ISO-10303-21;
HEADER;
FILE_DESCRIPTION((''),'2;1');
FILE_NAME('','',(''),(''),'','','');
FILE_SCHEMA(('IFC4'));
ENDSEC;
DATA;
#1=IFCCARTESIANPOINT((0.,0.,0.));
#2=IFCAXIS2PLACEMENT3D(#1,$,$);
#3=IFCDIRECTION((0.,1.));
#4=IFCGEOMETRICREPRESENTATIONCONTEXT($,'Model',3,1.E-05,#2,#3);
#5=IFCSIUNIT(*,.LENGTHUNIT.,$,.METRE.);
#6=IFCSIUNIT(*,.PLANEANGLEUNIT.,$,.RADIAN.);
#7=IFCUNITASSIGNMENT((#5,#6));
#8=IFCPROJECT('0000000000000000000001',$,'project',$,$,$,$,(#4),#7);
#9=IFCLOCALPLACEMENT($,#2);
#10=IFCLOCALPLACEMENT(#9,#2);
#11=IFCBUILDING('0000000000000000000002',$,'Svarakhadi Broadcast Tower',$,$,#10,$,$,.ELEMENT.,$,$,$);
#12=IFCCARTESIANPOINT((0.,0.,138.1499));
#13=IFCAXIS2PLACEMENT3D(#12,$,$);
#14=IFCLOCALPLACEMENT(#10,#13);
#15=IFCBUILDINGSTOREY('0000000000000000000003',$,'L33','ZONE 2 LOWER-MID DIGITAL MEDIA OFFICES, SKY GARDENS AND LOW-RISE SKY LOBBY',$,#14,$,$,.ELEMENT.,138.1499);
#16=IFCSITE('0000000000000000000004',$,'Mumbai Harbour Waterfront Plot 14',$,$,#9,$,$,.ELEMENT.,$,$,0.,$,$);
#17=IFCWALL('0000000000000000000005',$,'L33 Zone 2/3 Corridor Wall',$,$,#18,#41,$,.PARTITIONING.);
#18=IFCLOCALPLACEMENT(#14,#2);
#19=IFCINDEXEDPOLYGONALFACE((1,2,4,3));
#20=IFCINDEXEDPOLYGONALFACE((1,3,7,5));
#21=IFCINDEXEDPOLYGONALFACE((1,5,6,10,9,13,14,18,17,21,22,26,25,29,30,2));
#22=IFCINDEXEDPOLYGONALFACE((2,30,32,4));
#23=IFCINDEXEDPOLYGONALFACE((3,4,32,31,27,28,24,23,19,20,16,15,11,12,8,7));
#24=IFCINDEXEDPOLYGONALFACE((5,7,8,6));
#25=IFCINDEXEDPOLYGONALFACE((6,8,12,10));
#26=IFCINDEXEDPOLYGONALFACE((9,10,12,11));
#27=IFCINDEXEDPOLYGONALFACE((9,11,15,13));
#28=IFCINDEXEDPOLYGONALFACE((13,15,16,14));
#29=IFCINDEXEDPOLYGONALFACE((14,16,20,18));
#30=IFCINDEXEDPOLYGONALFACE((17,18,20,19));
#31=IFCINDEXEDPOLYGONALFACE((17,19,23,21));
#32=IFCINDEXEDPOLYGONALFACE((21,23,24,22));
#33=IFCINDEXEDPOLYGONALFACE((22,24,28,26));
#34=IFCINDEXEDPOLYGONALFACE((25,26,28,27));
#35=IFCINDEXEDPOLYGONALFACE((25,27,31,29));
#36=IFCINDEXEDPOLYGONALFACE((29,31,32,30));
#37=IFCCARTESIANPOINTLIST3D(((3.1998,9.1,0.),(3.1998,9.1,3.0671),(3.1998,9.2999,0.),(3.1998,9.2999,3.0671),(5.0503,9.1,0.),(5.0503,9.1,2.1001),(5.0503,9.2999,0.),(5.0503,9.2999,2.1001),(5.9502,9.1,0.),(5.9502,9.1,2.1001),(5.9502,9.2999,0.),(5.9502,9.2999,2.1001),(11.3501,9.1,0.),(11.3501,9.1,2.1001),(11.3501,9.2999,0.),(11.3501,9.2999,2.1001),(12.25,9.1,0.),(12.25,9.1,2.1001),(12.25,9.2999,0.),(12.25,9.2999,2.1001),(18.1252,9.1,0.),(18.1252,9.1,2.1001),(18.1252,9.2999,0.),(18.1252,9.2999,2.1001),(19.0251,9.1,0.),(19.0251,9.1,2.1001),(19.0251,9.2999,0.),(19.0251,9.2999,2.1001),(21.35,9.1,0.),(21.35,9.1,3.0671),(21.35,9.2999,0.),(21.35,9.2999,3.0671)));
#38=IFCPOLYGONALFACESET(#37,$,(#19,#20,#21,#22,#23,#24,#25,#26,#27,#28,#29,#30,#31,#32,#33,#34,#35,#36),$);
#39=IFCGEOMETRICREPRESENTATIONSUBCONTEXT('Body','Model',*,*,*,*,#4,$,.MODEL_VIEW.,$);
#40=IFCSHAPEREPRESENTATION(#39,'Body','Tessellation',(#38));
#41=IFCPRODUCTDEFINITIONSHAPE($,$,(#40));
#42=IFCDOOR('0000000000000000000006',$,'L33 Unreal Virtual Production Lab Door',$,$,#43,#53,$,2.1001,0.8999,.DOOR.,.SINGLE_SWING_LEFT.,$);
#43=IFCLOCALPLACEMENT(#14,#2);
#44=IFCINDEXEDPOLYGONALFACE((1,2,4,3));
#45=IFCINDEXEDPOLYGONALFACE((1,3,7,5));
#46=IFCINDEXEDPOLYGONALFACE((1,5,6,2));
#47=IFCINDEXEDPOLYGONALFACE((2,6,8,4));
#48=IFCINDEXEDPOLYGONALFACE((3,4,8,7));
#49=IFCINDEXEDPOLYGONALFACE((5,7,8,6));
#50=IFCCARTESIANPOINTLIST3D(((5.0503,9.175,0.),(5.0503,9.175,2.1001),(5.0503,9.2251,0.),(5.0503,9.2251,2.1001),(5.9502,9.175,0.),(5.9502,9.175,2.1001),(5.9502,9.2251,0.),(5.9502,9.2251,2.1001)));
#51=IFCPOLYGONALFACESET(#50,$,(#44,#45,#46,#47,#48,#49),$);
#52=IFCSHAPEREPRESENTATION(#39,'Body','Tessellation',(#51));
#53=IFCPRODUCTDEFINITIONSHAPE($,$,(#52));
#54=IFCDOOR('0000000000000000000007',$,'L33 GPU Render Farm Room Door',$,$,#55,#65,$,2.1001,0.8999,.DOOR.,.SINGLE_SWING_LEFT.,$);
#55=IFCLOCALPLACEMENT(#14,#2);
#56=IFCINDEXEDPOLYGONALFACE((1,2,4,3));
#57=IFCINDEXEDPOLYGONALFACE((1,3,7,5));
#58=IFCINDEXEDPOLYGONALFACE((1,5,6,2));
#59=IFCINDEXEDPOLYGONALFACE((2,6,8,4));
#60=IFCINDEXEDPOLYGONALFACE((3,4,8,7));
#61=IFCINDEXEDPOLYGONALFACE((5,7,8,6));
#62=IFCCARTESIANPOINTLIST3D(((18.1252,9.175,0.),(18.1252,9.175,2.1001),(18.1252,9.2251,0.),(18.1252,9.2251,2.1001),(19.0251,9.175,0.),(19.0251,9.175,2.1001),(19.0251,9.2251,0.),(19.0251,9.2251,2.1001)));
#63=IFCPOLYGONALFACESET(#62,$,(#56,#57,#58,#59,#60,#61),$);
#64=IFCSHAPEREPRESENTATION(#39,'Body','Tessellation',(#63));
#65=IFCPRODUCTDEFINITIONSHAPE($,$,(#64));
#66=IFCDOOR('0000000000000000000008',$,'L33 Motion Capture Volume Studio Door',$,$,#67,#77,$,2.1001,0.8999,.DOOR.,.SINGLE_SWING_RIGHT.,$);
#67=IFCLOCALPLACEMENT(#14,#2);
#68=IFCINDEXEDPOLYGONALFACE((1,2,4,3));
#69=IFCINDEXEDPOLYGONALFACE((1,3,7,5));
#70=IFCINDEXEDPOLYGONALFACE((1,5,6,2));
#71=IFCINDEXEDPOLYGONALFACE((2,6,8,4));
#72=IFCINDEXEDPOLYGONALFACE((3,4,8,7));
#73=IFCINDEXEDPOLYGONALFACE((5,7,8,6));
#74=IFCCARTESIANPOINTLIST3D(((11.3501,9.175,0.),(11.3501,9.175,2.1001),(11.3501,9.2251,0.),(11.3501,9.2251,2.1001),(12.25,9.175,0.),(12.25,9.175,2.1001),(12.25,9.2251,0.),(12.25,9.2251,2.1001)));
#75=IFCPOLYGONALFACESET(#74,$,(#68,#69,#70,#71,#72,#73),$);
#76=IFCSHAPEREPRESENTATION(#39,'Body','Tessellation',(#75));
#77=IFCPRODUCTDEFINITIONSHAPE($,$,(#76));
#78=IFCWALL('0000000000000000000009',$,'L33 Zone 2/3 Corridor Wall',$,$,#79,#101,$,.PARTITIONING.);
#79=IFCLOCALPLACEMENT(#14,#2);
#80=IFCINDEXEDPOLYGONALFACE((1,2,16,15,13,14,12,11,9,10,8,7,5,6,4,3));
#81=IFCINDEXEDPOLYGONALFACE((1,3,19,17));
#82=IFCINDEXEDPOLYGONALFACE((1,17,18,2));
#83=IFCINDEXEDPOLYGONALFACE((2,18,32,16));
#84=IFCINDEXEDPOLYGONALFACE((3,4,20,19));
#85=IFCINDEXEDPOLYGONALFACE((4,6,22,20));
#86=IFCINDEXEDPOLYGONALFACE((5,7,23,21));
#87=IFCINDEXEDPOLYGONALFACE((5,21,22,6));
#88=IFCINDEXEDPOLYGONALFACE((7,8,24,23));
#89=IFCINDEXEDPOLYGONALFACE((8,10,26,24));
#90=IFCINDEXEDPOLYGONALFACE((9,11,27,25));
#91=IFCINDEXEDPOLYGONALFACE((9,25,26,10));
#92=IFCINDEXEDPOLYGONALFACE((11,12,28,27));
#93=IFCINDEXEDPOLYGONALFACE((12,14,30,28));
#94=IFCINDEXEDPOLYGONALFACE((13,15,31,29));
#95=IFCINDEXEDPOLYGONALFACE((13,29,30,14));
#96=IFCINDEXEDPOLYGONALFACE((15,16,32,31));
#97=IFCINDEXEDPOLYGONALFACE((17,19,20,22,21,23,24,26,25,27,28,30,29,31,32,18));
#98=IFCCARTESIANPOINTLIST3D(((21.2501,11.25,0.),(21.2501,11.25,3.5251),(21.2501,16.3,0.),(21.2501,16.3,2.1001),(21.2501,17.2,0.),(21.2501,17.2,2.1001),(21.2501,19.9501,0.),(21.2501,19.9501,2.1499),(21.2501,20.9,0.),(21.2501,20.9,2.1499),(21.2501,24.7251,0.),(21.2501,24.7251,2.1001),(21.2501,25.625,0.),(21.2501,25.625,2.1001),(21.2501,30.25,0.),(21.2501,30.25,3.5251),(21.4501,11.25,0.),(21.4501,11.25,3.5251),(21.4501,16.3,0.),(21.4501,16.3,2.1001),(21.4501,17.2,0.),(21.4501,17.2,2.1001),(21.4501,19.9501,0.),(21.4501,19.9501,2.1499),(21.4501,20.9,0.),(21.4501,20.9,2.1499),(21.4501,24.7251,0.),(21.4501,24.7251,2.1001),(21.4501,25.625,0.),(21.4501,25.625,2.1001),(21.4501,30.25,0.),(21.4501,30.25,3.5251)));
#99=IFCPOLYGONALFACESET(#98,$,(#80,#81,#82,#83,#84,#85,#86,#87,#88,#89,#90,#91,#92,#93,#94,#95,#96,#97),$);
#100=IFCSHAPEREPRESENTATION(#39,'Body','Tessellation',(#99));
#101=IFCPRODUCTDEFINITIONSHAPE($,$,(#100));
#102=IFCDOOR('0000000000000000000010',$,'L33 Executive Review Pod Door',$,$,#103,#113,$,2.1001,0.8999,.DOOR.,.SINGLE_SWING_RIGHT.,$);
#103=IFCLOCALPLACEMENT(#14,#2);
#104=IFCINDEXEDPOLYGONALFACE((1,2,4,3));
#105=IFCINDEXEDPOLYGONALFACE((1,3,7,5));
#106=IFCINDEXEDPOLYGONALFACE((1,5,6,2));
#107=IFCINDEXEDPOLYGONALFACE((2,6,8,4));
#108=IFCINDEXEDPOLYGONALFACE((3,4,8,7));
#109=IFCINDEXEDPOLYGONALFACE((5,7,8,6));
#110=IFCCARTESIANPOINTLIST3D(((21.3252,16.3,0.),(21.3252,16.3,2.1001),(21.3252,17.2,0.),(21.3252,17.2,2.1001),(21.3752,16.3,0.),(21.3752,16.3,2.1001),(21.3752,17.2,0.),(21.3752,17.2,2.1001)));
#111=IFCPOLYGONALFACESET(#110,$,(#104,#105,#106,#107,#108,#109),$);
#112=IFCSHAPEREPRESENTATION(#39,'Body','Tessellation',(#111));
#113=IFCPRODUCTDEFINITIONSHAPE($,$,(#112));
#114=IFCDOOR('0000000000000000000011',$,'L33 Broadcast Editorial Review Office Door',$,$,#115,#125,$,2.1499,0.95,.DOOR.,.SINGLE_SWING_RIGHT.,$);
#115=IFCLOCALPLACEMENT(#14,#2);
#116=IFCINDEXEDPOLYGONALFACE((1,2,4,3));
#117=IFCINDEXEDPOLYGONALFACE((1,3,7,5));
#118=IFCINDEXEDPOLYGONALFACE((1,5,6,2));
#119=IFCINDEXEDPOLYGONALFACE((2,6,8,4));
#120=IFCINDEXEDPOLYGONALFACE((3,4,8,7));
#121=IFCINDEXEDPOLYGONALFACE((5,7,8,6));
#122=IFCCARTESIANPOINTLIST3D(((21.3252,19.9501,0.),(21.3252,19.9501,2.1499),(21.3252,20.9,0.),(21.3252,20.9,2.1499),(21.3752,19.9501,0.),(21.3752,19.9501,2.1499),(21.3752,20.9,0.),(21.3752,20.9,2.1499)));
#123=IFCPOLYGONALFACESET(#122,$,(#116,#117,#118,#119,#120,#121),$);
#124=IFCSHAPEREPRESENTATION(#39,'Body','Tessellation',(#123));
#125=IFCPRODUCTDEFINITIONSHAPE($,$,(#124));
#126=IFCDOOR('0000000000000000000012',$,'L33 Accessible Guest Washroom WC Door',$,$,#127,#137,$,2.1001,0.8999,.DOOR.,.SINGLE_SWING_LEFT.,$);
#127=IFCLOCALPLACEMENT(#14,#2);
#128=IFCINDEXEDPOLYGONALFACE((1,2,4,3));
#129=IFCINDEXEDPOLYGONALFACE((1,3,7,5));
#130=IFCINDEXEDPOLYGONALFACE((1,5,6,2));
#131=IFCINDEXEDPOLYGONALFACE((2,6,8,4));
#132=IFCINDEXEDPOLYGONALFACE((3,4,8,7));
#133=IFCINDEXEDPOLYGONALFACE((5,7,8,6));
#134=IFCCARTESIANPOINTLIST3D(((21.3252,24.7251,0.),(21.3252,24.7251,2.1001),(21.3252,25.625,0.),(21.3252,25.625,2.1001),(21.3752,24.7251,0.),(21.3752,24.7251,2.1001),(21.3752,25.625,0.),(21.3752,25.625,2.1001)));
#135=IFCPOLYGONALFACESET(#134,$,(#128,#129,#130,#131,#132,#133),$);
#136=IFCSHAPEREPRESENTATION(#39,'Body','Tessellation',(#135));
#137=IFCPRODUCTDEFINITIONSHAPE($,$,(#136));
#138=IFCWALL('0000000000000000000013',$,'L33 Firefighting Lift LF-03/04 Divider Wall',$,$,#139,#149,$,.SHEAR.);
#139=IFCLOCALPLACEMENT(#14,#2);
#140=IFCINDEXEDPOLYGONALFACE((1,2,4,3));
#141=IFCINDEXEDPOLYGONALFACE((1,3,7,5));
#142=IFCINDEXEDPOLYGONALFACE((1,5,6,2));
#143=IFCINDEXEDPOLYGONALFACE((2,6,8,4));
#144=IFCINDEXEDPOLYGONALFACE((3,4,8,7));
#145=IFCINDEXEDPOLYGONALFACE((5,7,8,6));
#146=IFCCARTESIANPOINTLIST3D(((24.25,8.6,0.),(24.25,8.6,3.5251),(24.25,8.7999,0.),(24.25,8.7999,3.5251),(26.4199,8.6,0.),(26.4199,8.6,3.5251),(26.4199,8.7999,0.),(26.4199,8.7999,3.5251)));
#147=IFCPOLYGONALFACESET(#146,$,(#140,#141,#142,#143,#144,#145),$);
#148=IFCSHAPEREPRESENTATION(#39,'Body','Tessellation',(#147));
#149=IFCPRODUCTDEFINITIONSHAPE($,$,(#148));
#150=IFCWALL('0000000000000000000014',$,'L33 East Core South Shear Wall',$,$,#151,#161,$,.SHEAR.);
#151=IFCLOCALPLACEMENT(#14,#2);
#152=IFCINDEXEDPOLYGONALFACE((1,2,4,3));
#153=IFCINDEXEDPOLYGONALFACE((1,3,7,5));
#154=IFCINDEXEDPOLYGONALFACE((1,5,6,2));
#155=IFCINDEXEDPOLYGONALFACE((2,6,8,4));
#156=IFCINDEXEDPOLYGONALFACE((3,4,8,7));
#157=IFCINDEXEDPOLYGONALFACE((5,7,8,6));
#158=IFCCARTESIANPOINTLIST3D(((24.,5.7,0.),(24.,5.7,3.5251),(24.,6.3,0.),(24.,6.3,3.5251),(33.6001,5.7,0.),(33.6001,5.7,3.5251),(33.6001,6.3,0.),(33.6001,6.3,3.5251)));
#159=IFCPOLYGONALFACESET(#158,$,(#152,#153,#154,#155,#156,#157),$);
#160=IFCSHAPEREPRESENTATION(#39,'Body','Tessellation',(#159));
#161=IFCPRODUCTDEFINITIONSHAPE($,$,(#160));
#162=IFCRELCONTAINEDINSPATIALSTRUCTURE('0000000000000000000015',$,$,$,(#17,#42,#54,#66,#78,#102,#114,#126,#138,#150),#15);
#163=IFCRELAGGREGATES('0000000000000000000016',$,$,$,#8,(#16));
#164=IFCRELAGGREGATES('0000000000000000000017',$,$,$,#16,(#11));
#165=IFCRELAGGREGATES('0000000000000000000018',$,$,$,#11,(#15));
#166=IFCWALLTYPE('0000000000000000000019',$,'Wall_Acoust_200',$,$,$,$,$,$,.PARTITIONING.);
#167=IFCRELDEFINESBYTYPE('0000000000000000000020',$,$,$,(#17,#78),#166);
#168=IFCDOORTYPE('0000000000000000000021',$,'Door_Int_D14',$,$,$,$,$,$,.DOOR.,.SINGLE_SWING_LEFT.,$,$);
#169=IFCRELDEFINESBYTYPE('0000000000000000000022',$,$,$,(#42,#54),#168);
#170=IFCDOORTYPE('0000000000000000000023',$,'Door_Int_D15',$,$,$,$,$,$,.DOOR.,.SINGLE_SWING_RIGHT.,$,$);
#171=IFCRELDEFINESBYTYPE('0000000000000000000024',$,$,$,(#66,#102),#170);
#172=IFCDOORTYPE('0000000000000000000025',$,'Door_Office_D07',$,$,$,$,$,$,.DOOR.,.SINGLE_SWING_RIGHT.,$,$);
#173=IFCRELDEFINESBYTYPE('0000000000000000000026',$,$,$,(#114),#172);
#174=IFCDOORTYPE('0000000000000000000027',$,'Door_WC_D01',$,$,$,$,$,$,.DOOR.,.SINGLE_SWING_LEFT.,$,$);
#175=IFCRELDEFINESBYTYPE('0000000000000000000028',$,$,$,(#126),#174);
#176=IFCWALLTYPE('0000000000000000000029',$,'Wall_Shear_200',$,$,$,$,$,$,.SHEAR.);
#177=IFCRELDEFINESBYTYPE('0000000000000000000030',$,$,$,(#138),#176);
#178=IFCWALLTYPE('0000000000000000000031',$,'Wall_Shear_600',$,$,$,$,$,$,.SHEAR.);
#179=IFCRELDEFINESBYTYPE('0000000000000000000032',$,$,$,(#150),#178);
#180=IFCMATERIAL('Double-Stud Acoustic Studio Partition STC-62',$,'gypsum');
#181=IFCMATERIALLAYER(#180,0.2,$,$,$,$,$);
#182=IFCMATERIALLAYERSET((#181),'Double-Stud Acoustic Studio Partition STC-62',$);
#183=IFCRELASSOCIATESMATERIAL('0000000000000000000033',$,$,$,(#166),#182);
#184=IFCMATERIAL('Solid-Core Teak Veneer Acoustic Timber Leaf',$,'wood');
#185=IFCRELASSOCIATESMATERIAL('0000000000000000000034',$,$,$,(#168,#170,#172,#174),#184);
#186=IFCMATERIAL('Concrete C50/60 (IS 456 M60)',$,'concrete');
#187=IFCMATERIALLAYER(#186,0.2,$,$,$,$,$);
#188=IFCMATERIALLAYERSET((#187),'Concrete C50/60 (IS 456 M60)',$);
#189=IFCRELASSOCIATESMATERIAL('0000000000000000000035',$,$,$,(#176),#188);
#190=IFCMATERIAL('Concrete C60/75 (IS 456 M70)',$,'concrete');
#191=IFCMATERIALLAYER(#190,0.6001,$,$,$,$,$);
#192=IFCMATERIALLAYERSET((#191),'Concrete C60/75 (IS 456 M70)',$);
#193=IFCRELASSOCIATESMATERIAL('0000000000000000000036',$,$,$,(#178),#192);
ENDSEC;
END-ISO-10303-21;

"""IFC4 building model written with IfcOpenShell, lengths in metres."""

from ifc_helpers import new_model, si_unit, direction, frame, frame_2d, origin, place, context, subcontext, project, spatial, rectangle, extrude, material, layer, layer_set, type_object, element, fill, save


model = new_model("IFC4")

# Units and contexts
model_context = context("Model", 3, precision=1e-05, world=origin(), true_north=direction((0.0, 1.0)))
body_context = subcontext(model_context, "Body", "Model", "MODEL_VIEW")
ifc_project = project(units=[si_unit("LENGTHUNIT", "METRE"), si_unit("PLANEANGLEUNIT", "RADIAN")], contexts=[model_context])

# Site, building, storey
site_placement = place(None, origin())
site = spatial("IfcSite", under=ifc_project, at=site_placement, Name="Mumbai Harbour Waterfront Plot 14", CompositionType="ELEMENT", RefElevation=0.0)
building_placement = place(site_placement, origin())
building = spatial("IfcBuilding", under=site, at=building_placement, Name="Svarakhadi Broadcast Tower", CompositionType="ELEMENT")
storey_placement = place(building_placement, frame((0.0, 0.0, 138.1499)))
storey = spatial("IfcBuildingStorey", under=building, at=storey_placement, Name="L33", Description="ZONE 2 LOWER-MID DIGITAL MEDIA OFFICES, SKY GARDENS AND LOW-RISE SKY LOBBY", CompositionType="ELEMENT", Elevation=138.1499)

# Shared definitions
ifc_material_1 = material(Name="Concrete C50/60 (IS 456 M60)", Category="concrete")

# Shared definitions
ifc_material_2 = material(Name="Double-Stud Acoustic Studio Partition STC-62", Category="gypsum")
ifc_layer_1 = layer(ifc_material_2, 0.2)
ifc_layer_set_1 = layer_set([ifc_layer_1], Name="Double-Stud Acoustic Studio Partition STC-62")
wall_type_1 = type_object("IfcWallType", Name="Wall_Acoust_200", PredefinedType="PARTITIONING", material=ifc_layer_set_1)

# Walls, openings, doors
wall_1_placement = place(storey_placement, frame((21.3501, 9.2, 0.0), z_axis=(0.0, 0.0, 1.0), x_axis=(-1.0, 0.0, 0.0)))
wall_1 = element("IfcWall", 1, at=wall_1_placement, inside=storey, type_object=wall_type_1, Name="L33 Zone 2/3 Corridor Wall", PredefinedType="PARTITIONING", context=body_context, shape_type="SweptSolid", body=[
    extrude(rectangle(XDim=18.1501, YDim=0.2, at=frame_2d((9.0752, 0.0))), origin(), (0.0, 0.0, 1.0), 3.0671),
])
opening_1_placement = place(wall_1_placement, frame((15.3999, 0.0, 0.0)))
opening_1 = element("IfcOpeningElement", 2, at=opening_1_placement, cuts=wall_1, PredefinedType="OPENING", context=body_context, shape_type="SweptSolid", body=[
    extrude(rectangle(XDim=0.8999, YDim=2.1001, at=frame_2d((0.45, 1.05))), frame((0.0, 0.1099, 0.0), z_axis=(0.0, -1.0, 0.0), x_axis=(1.0, 0.0, 0.0)), (0.0, 0.0, 1.0), 0.22),
])
opening_2_placement = place(wall_1_placement, frame((9.1001, 0.0, 0.0)))
opening_2 = element("IfcOpeningElement", 3, at=opening_2_placement, cuts=wall_1, PredefinedType="OPENING", context=body_context, shape_type="SweptSolid", body=[
    extrude(rectangle(XDim=0.8999, YDim=2.1001, at=frame_2d((0.45, 1.05))), frame((0.0, 0.1099, 0.0), z_axis=(0.0, -1.0, 0.0), x_axis=(1.0, 0.0, 0.0)), (0.0, 0.0, 1.0), 0.22),
])
opening_3_placement = place(wall_1_placement, frame((2.325, 0.0, 0.0)))
opening_3 = element("IfcOpeningElement", 4, at=opening_3_placement, cuts=wall_1, PredefinedType="OPENING", context=body_context, shape_type="SweptSolid", body=[
    extrude(rectangle(XDim=0.8999, YDim=2.1001, at=frame_2d((0.45, 1.05))), frame((0.0, 0.1099, 0.0), z_axis=(0.0, -1.0, 0.0), x_axis=(1.0, 0.0, 0.0)), (0.0, 0.0, 1.0), 0.22),
])
ifc_material_3 = material(Name="Solid-Core Teak Veneer Acoustic Timber Leaf", Category="wood")
door_type_1 = type_object("IfcDoorType", Name="Door_Int_D14", OperationType="SINGLE_SWING_LEFT", PredefinedType="DOOR", material=ifc_material_3)
door_1_placement = place(opening_1_placement, origin())
door_1 = element("IfcDoor", 5, at=door_1_placement, inside=storey, type_object=door_type_1, Name="L33 Unreal Virtual Production Lab Door", OperationType="SINGLE_SWING_LEFT", OverallHeight=2.1001, OverallWidth=0.8999, PredefinedType="DOOR", context=body_context, shape_type="SweptSolid", body=[
    extrude(rectangle(XDim=0.8999, YDim=2.1001, at=frame_2d((0.45, 1.05))), frame((0.0, 0.0249, 0.0), z_axis=(0.0, -1.0, 0.0), x_axis=(1.0, 0.0, 0.0)), (0.0, 0.0, 1.0), 0.05),
])
fill(opening_1, door_1)
door_2_placement = place(opening_3_placement, origin())
door_2 = element("IfcDoor", 6, at=door_2_placement, inside=storey, type_object=door_type_1, Name="L33 GPU Render Farm Room Door", OperationType="SINGLE_SWING_LEFT", OverallHeight=2.1001, OverallWidth=0.8999, PredefinedType="DOOR", context=body_context, shape_type="SweptSolid", body=[
    extrude(rectangle(XDim=0.8999, YDim=2.1001, at=frame_2d((0.45, 1.05))), frame((0.0, 0.0249, 0.0), z_axis=(0.0, -1.0, 0.0), x_axis=(1.0, 0.0, 0.0)), (0.0, 0.0, 1.0), 0.05),
])
fill(opening_3, door_2)
door_type_2 = type_object("IfcDoorType", Name="Door_Int_D15", OperationType="SINGLE_SWING_RIGHT", PredefinedType="DOOR", material=ifc_material_3)
door_3_placement = place(opening_2_placement, origin())
door_3 = element("IfcDoor", 7, at=door_3_placement, inside=storey, type_object=door_type_2, Name="L33 Motion Capture Volume Studio Door", OperationType="SINGLE_SWING_RIGHT", OverallHeight=2.1001, OverallWidth=0.8999, PredefinedType="DOOR", context=body_context, shape_type="SweptSolid", body=[
    extrude(rectangle(XDim=0.8999, YDim=2.1001, at=frame_2d((0.45, 1.05))), frame((0.0, 0.0249, 0.0), z_axis=(0.0, -1.0, 0.0), x_axis=(1.0, 0.0, 0.0)), (0.0, 0.0, 1.0), 0.05),
])
fill(opening_2, door_3)
wall_2_placement = place(storey_placement, frame((21.3501, 11.25, 0.0), z_axis=(0.0, 0.0, 1.0), x_axis=(0.0, 1.0, 0.0)))
wall_2 = element("IfcWall", 8, at=wall_2_placement, inside=storey, type_object=wall_type_1, Name="L33 Zone 2/3 Corridor Wall", PredefinedType="PARTITIONING", context=body_context, shape_type="SweptSolid", body=[
    extrude(rectangle(XDim=19.0, YDim=0.2, at=frame_2d((9.5, 0.0))), origin(), (0.0, 0.0, 1.0), 3.5251),
])
opening_4_placement = place(wall_2_placement, frame((8.7, 0.0, 0.0)))
opening_4 = element("IfcOpeningElement", 9, at=opening_4_placement, cuts=wall_2, PredefinedType="OPENING", context=body_context, shape_type="SweptSolid", body=[
    extrude(rectangle(XDim=0.95, YDim=2.1499, at=frame_2d((0.4751, 1.075))), frame((0.0, 0.1099, 0.0), z_axis=(0.0, -1.0, 0.0), x_axis=(1.0, 0.0, 0.0)), (0.0, 0.0, 1.0), 0.22),
])
opening_5_placement = place(wall_2_placement, frame((13.4751, 0.0, 0.0)))
opening_5 = element("IfcOpeningElement", 10, at=opening_5_placement, cuts=wall_2, PredefinedType="OPENING", context=body_context, shape_type="SweptSolid", body=[
    extrude(rectangle(XDim=0.8999, YDim=2.1001, at=frame_2d((0.45, 1.05))), frame((0.0, 0.1099, 0.0), z_axis=(0.0, -1.0, 0.0), x_axis=(1.0, 0.0, 0.0)), (0.0, 0.0, 1.0), 0.22),
])
opening_6_placement = place(wall_2_placement, frame((5.05, 0.0, 0.0)))
opening_6 = element("IfcOpeningElement", 11, at=opening_6_placement, cuts=wall_2, PredefinedType="OPENING", context=body_context, shape_type="SweptSolid", body=[
    extrude(rectangle(XDim=0.8999, YDim=2.1001, at=frame_2d((0.45, 1.05))), frame((0.0, 0.1099, 0.0), z_axis=(0.0, -1.0, 0.0), x_axis=(1.0, 0.0, 0.0)), (0.0, 0.0, 1.0), 0.22),
])
door_4_placement = place(opening_6_placement, origin())
door_4 = element("IfcDoor", 12, at=door_4_placement, inside=storey, type_object=door_type_2, Name="L33 Executive Review Pod Door", OperationType="SINGLE_SWING_RIGHT", OverallHeight=2.1001, OverallWidth=0.8999, PredefinedType="DOOR", context=body_context, shape_type="SweptSolid", body=[
    extrude(rectangle(XDim=0.8999, YDim=2.1001, at=frame_2d((0.45, 1.05))), frame((0.0, 0.0249, 0.0), z_axis=(0.0, -1.0, 0.0), x_axis=(1.0, 0.0, 0.0)), (0.0, 0.0, 1.0), 0.05),
])
fill(opening_6, door_4)
door_type_3 = type_object("IfcDoorType", Name="Door_Office_D07", OperationType="SINGLE_SWING_RIGHT", PredefinedType="DOOR", material=ifc_material_3)
door_5_placement = place(opening_4_placement, origin())
door_5 = element("IfcDoor", 13, at=door_5_placement, inside=storey, type_object=door_type_3, Name="L33 Broadcast Editorial Review Office Door", OperationType="SINGLE_SWING_RIGHT", OverallHeight=2.1499, OverallWidth=0.95, PredefinedType="DOOR", context=body_context, shape_type="SweptSolid", body=[
    extrude(rectangle(XDim=0.95, YDim=2.1499, at=frame_2d((0.4751, 1.075))), frame((0.0, 0.0249, 0.0), z_axis=(0.0, -1.0, 0.0), x_axis=(1.0, 0.0, 0.0)), (0.0, 0.0, 1.0), 0.05),
])
fill(opening_4, door_5)
door_type_4 = type_object("IfcDoorType", Name="Door_WC_D01", OperationType="SINGLE_SWING_LEFT", PredefinedType="DOOR", material=ifc_material_3)
door_6_placement = place(opening_5_placement, origin())
door_6 = element("IfcDoor", 14, at=door_6_placement, inside=storey, type_object=door_type_4, Name="L33 Accessible Guest Washroom WC Door", OperationType="SINGLE_SWING_LEFT", OverallHeight=2.1001, OverallWidth=0.8999, PredefinedType="DOOR", context=body_context, shape_type="SweptSolid", body=[
    extrude(rectangle(XDim=0.8999, YDim=2.1001, at=frame_2d((0.45, 1.05))), frame((0.0, 0.0249, 0.0), z_axis=(0.0, -1.0, 0.0), x_axis=(1.0, 0.0, 0.0)), (0.0, 0.0, 1.0), 0.05),
])
fill(opening_5, door_6)

# Walls
ifc_layer_2 = layer(ifc_material_1, 0.2)
ifc_layer_set_2 = layer_set([ifc_layer_2], Name="Concrete C50/60 (IS 456 M60)")
wall_type_2 = type_object("IfcWallType", Name="Wall_Shear_200", PredefinedType="SHEAR", material=ifc_layer_set_2)
wall_3_placement = place(storey_placement, frame((24.25, 8.7, 0.0), z_axis=(0.0, 0.0, 1.0), x_axis=(1.0, 0.0, 0.0)))
element("IfcWall", 15, at=wall_3_placement, inside=storey, type_object=wall_type_2, Name="L33 Firefighting Lift LF-03/04 Divider Wall", PredefinedType="SHEAR", context=body_context, shape_type="SweptSolid", body=[
    extrude(rectangle(XDim=2.1699, YDim=0.2, at=frame_2d((1.085, 0.0))), origin(), (0.0, 0.0, 1.0), 3.5251),
])
ifc_material_4 = material(Name="Concrete C60/75 (IS 456 M70)", Category="concrete")
ifc_layer_3 = layer(ifc_material_4, 0.6001)
ifc_layer_set_3 = layer_set([ifc_layer_3], Name="Concrete C60/75 (IS 456 M70)")
wall_type_3 = type_object("IfcWallType", Name="Wall_Shear_600", PredefinedType="SHEAR", material=ifc_layer_set_3)
wall_4_placement = place(storey_placement, frame((24.0, 6.0, 0.0), z_axis=(0.0, 0.0, 1.0), x_axis=(1.0, 0.0, 0.0)))
element("IfcWall", 16, at=wall_4_placement, inside=storey, type_object=wall_type_3, Name="L33 East Core South Shear Wall", PredefinedType="SHEAR", context=body_context, shape_type="SweptSolid", body=[
    extrude(rectangle(XDim=9.6001, YDim=0.6001, at=frame_2d((4.8, 0.0))), origin(), (0.0, 0.0, 1.0), 3.5251),
])

save(model, "model.ifc")
